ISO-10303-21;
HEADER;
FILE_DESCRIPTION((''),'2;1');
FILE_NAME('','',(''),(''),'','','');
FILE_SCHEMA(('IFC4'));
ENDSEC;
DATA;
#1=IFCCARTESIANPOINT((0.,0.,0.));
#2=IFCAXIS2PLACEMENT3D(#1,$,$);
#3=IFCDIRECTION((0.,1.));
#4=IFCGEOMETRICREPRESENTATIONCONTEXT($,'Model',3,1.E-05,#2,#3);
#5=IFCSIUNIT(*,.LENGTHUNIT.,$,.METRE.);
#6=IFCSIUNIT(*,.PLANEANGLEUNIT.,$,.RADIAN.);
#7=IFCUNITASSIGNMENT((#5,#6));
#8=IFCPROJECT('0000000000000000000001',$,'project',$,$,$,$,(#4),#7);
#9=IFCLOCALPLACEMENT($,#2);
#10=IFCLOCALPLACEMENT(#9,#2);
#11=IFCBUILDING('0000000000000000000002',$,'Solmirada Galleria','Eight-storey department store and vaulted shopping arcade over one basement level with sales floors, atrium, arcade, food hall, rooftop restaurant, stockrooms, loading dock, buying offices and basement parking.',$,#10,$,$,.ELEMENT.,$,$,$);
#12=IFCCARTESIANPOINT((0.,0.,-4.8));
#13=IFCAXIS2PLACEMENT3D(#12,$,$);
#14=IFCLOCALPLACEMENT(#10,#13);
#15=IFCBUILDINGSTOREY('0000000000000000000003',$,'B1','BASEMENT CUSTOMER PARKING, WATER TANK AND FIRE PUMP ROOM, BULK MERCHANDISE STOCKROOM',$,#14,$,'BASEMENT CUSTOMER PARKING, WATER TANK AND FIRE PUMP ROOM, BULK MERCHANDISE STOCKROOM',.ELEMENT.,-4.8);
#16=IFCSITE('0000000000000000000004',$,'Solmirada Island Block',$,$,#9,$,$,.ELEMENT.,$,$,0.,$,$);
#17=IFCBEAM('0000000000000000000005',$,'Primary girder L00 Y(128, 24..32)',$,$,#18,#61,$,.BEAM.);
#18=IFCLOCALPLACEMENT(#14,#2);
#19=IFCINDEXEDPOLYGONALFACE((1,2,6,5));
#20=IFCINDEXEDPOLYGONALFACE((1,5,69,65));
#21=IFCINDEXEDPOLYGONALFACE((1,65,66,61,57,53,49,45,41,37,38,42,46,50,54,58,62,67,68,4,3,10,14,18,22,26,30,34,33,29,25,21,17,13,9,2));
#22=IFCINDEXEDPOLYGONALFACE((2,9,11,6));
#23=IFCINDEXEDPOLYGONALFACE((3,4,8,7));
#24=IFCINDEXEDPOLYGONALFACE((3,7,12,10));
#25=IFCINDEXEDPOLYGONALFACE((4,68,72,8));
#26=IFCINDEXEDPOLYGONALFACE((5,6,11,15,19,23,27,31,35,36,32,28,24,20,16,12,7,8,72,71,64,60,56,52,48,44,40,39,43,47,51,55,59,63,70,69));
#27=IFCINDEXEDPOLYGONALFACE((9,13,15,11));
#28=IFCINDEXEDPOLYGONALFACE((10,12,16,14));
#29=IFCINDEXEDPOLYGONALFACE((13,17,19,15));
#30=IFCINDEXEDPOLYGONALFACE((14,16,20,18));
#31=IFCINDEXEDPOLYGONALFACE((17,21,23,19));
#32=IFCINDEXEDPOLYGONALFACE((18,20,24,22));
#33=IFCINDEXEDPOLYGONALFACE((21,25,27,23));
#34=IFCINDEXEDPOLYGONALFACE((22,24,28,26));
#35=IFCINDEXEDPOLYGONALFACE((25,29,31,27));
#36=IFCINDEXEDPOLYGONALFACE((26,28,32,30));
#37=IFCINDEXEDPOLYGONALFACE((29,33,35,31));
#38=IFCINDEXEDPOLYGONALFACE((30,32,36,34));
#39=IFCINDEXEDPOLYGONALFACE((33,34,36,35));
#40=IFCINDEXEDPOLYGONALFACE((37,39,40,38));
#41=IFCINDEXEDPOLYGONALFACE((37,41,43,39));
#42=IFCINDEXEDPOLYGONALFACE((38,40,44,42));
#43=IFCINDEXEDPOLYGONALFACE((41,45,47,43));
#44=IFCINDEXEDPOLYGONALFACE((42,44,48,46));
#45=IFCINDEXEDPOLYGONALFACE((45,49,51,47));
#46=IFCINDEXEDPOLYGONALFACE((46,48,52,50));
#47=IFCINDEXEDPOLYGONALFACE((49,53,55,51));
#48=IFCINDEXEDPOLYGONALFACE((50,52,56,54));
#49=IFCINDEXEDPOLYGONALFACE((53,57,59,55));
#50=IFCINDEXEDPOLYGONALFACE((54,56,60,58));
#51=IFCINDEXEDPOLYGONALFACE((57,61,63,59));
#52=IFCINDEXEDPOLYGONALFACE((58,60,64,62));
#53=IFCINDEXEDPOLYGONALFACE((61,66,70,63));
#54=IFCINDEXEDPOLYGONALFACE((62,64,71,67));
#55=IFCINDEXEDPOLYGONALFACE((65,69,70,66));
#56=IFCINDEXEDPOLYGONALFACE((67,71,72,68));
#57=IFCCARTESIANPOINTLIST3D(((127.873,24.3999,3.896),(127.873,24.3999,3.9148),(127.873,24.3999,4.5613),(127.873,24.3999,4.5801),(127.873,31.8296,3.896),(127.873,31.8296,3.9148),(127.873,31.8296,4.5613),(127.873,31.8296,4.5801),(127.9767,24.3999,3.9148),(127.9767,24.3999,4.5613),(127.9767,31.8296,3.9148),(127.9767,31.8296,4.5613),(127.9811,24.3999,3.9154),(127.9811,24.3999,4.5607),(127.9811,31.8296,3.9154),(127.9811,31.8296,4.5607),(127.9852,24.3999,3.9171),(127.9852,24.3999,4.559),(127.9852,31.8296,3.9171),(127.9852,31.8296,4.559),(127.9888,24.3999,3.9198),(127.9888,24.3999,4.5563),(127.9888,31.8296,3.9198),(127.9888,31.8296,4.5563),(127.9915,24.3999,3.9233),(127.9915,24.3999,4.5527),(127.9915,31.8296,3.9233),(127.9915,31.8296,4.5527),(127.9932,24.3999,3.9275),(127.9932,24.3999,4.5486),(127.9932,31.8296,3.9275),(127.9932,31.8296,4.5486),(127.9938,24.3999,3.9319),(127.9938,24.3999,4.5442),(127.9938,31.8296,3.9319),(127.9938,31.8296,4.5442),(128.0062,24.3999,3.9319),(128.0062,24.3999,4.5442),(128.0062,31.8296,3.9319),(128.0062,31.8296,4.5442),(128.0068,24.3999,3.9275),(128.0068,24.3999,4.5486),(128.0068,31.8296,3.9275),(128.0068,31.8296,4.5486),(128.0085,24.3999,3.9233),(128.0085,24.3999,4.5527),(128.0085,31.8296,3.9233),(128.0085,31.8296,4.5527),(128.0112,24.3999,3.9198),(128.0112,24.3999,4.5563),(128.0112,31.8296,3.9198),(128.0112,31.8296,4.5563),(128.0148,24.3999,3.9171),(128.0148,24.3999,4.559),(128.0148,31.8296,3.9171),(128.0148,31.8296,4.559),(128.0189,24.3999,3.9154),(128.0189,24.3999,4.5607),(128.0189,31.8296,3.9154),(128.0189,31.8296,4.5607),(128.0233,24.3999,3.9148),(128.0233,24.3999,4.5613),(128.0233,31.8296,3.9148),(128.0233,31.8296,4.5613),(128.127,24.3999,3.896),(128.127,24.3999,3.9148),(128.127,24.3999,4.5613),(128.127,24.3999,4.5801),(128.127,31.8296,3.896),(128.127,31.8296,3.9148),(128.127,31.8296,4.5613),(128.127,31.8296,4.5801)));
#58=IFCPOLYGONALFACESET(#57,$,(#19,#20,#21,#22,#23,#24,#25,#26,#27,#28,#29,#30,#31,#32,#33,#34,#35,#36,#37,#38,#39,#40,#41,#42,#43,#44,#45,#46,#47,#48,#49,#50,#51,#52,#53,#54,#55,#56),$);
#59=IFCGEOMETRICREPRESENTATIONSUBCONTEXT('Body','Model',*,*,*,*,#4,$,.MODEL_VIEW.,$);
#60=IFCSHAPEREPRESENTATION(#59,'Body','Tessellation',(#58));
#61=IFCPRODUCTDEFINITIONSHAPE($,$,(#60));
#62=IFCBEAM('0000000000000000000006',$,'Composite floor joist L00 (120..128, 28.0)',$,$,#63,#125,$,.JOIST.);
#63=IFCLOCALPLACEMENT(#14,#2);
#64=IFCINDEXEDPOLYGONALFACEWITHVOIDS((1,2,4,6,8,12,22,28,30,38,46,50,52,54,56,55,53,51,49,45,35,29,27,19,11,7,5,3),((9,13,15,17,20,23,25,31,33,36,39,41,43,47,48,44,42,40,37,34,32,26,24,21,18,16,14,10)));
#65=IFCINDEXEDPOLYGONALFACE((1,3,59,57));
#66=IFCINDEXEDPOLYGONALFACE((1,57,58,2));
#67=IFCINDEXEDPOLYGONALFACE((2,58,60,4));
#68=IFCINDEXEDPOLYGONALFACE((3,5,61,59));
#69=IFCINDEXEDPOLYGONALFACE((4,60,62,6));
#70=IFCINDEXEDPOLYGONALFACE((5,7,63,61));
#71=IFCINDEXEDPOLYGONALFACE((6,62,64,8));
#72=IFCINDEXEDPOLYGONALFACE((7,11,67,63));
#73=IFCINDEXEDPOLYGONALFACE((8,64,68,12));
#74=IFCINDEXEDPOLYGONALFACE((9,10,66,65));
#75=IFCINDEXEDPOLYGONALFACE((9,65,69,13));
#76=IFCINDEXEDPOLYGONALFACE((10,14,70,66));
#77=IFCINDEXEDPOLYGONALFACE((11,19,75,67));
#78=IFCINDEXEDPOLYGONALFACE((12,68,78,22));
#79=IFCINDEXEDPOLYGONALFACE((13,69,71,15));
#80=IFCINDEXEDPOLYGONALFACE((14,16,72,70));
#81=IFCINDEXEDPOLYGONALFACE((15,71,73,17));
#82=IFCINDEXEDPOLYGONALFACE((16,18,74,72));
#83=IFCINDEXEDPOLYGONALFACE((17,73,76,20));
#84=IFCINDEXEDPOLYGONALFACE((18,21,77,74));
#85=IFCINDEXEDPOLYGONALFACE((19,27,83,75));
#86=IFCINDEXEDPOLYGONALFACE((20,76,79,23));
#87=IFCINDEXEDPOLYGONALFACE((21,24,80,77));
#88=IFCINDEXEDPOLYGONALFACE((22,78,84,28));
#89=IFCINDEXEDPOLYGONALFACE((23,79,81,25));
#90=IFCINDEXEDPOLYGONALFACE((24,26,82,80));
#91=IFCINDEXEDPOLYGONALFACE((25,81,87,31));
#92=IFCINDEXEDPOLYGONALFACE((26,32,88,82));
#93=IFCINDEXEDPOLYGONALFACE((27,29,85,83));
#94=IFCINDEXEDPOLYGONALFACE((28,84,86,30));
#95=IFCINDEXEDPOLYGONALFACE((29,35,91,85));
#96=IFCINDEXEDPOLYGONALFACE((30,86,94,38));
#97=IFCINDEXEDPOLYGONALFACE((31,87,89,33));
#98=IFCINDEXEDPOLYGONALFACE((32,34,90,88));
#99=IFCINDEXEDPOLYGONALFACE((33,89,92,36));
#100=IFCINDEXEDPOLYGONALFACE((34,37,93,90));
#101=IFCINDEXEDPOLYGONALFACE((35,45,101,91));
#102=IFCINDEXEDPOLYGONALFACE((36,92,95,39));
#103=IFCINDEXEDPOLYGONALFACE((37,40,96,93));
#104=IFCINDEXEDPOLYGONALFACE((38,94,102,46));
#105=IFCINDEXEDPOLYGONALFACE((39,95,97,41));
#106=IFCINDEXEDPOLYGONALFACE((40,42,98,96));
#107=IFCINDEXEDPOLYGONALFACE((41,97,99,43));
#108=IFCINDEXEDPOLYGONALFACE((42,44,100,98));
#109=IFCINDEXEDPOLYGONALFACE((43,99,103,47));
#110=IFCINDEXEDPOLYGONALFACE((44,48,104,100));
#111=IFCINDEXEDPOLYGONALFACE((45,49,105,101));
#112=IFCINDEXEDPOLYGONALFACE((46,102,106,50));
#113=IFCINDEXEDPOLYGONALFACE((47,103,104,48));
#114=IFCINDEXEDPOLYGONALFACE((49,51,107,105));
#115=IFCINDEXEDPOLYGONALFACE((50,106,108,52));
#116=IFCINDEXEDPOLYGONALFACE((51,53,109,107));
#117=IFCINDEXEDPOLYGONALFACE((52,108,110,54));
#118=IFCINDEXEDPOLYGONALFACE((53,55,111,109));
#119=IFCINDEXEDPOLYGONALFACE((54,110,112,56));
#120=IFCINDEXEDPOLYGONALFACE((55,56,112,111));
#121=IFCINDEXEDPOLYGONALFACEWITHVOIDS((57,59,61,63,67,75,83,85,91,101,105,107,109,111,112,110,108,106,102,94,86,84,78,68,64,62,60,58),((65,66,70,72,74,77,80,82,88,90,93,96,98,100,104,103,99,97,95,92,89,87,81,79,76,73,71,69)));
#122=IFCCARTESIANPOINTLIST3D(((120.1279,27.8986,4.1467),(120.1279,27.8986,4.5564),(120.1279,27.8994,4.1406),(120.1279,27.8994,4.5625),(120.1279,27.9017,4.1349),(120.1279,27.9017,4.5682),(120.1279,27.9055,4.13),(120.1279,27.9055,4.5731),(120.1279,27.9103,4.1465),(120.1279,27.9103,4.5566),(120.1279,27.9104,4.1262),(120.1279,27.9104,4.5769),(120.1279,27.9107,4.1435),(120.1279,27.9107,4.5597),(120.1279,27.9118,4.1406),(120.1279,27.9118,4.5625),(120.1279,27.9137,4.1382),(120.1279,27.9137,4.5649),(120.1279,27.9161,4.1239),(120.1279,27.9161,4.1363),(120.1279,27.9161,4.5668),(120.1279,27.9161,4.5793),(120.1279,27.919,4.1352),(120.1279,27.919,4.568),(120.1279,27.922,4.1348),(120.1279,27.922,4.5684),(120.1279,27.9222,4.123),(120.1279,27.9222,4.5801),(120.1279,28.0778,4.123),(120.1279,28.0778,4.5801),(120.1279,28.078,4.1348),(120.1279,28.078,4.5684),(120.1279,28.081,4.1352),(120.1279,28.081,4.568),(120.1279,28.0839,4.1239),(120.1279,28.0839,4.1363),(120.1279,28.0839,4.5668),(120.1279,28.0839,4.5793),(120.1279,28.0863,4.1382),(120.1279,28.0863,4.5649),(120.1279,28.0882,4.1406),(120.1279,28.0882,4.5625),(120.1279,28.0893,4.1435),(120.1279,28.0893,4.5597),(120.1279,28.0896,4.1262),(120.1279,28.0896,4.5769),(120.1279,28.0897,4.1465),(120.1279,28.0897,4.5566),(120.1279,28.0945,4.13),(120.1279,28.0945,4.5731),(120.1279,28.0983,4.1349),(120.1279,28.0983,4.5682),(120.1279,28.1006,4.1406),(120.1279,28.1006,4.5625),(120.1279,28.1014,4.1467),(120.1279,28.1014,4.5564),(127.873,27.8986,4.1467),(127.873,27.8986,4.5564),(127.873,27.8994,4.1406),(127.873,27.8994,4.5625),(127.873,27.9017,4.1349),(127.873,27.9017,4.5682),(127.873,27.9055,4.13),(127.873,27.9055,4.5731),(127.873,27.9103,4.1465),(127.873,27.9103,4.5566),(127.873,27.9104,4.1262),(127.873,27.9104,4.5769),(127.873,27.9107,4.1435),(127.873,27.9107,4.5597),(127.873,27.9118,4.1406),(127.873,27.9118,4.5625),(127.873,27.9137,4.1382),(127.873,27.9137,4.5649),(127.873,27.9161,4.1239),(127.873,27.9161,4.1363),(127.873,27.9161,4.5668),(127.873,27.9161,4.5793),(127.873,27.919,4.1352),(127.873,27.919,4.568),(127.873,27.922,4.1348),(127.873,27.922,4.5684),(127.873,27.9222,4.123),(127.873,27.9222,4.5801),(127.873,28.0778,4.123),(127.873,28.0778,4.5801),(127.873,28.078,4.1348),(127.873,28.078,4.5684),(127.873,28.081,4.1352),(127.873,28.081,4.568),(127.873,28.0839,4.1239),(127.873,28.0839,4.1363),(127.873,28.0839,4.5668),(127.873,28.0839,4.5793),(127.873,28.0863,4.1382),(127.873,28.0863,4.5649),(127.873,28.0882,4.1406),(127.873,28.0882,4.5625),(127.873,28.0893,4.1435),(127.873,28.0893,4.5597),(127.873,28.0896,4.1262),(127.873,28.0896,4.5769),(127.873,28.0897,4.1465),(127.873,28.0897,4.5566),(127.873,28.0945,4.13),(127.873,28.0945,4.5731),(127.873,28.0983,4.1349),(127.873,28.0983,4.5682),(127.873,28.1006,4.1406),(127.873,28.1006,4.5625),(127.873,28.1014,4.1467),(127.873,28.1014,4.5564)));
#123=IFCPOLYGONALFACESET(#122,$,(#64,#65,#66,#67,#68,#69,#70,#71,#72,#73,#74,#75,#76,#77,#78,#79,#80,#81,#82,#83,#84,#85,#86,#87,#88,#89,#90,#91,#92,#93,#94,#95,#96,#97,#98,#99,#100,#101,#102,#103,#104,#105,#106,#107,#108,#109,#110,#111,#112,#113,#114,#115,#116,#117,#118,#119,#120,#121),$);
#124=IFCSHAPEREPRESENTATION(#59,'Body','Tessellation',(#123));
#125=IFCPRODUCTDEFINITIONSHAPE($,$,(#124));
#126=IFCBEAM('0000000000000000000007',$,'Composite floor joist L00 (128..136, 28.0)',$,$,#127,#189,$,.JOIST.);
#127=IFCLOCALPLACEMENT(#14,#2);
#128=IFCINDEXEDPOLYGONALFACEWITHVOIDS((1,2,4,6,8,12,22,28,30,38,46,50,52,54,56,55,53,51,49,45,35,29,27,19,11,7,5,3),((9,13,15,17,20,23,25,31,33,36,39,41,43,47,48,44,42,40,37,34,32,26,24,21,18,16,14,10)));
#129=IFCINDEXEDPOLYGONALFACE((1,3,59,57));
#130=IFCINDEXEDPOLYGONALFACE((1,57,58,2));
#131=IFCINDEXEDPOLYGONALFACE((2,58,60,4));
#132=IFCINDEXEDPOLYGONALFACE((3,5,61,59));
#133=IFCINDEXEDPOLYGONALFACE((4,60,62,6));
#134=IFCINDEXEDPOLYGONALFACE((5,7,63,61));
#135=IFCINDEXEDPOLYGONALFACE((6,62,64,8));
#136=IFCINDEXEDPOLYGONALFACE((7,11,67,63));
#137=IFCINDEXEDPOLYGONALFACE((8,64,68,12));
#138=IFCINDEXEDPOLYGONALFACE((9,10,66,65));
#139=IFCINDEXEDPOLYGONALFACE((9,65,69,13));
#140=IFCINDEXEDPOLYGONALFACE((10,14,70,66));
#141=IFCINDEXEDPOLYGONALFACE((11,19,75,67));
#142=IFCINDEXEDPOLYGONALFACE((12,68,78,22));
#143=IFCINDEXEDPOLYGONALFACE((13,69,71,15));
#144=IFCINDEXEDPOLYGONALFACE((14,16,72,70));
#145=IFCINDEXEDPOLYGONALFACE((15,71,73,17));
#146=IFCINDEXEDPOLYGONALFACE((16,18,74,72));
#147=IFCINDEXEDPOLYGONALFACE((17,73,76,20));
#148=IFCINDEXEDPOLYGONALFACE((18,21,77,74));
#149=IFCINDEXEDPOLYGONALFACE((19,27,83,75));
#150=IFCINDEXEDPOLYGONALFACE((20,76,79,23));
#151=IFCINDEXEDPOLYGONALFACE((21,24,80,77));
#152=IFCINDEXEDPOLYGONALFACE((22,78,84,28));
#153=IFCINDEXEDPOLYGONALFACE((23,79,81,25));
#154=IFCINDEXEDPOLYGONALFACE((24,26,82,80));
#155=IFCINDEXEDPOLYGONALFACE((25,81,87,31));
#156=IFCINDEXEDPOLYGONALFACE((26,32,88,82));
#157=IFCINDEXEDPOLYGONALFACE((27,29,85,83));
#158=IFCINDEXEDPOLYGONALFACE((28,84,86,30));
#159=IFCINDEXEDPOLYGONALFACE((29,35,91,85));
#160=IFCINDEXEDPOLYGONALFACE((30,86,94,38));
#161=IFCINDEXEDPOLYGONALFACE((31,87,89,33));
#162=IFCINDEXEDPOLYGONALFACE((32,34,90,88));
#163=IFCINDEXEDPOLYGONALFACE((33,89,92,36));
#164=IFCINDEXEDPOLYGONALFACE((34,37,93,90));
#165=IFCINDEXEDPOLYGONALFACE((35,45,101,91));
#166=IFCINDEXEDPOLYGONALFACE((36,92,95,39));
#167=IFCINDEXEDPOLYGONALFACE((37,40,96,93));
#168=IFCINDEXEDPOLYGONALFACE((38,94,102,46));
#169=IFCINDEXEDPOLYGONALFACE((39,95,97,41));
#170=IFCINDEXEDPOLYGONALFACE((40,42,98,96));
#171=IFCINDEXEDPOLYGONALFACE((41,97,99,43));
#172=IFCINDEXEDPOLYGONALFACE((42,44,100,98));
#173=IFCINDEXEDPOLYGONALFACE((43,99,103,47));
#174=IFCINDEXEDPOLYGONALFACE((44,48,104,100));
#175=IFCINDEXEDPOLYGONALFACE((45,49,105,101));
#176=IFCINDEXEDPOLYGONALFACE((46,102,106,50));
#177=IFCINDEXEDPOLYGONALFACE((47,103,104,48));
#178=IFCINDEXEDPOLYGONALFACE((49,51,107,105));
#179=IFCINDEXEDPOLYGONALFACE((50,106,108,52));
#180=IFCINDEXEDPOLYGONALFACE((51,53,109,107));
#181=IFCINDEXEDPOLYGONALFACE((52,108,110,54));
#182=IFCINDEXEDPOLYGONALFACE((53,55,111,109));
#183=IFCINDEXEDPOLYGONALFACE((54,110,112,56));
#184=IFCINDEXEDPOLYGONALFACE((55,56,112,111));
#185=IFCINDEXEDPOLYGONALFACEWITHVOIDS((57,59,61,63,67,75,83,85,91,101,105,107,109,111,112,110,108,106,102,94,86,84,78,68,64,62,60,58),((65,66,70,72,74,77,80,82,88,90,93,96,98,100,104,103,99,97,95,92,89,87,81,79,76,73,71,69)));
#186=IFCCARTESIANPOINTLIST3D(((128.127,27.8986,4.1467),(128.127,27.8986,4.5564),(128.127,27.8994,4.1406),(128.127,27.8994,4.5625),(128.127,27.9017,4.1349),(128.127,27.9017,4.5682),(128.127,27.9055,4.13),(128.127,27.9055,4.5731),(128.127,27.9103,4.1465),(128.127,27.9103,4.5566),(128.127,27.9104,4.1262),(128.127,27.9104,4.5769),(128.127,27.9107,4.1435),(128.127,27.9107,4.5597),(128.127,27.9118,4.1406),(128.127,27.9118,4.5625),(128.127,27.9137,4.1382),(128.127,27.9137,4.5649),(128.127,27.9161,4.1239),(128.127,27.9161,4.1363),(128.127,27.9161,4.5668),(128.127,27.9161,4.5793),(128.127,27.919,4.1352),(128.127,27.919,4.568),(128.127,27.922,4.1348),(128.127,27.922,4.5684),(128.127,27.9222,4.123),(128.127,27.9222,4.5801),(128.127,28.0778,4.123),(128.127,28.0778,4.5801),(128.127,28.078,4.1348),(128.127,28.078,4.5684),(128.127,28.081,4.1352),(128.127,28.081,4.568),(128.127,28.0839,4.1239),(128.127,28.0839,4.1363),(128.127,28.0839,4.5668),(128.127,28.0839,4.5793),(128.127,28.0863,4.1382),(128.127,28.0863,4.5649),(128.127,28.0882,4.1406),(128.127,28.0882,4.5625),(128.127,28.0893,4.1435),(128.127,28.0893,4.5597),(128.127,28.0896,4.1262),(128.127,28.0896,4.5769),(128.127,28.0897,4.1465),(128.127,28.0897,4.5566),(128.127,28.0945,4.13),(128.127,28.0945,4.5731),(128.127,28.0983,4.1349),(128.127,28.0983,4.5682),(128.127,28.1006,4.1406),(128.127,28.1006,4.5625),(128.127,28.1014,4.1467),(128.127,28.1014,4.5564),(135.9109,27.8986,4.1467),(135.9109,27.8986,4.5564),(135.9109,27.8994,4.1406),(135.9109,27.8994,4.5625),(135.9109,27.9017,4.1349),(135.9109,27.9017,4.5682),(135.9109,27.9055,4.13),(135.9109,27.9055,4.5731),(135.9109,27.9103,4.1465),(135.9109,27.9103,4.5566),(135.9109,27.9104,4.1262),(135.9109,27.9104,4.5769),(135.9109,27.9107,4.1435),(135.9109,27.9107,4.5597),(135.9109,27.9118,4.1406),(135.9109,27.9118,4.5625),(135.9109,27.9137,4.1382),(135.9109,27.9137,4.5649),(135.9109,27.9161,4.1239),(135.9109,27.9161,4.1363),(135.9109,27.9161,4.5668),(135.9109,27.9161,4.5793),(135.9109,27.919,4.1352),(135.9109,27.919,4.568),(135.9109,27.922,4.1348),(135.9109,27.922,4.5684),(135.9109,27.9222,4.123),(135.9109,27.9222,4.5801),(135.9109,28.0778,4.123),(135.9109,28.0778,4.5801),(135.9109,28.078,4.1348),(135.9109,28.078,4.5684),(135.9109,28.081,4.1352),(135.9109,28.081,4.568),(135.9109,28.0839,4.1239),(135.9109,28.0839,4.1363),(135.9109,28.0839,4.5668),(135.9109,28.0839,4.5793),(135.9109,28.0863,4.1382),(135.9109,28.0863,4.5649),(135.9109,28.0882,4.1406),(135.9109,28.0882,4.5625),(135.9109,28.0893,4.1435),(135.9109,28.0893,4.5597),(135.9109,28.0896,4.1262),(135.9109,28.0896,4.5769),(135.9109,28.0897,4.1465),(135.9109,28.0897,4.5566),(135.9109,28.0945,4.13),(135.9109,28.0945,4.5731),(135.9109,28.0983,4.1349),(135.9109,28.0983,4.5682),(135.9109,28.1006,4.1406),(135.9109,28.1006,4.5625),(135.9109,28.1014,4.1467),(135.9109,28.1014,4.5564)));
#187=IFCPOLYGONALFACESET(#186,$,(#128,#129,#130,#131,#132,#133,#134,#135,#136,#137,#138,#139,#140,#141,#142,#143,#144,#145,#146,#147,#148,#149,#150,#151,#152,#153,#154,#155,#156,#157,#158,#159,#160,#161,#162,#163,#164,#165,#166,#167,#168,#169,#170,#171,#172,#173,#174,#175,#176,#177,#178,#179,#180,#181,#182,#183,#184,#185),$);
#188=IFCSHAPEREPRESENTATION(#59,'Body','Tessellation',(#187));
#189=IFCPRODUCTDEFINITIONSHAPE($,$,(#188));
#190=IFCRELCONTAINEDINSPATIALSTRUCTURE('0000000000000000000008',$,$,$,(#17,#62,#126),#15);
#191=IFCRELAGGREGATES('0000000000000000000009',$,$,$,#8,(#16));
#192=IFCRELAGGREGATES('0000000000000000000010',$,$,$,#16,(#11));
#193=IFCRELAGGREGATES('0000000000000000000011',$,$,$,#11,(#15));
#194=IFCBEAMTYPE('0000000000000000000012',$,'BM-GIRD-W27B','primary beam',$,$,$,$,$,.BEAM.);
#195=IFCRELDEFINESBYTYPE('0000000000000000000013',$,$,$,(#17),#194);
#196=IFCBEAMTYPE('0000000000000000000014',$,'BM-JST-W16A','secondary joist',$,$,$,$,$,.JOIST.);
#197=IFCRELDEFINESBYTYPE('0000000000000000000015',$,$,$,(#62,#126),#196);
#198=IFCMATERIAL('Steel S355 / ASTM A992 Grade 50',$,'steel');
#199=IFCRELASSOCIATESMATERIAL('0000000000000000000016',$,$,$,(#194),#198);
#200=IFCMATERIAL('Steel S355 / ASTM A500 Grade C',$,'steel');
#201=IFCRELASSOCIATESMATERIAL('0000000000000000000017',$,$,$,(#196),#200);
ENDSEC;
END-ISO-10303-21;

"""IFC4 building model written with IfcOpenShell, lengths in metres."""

from ifc_helpers import new_model, si_unit, direction, frame, origin, origin_2d, place, context, subcontext, project, spatial, hollow_rectangle, i_section, extrude, material, material_profile, profile_set, type_object, element, save


model = new_model("IFC4")

# Units and contexts
model_context = context("Model", 3, precision=1e-05, world=origin(), true_north=direction((0.0, 1.0)))
body_context = subcontext(model_context, "Body", "Model", "MODEL_VIEW")
ifc_project = project(units=[si_unit("LENGTHUNIT", "METRE"), si_unit("PLANEANGLEUNIT", "RADIAN")], contexts=[model_context])

# Site, building, storey
site_placement = place(None, origin())
site = spatial("IfcSite", under=ifc_project, at=site_placement, Name="Solmirada Island Block", CompositionType="ELEMENT", RefElevation=0.0)
building_placement = place(site_placement, origin())
building = spatial("IfcBuilding", under=site, at=building_placement, Name="Solmirada Galleria", Description="Eight-storey department store and vaulted shopping arcade over one basement level with sales floors, atrium, arcade, food hall, rooftop restaurant, stockrooms, loading dock, buying offices and basement parking.", CompositionType="ELEMENT")
storey_placement = place(building_placement, frame((0.0, 0.0, -4.8)))
storey = spatial("IfcBuildingStorey", under=building, at=storey_placement, Name="B1", Description="BASEMENT CUSTOMER PARKING, WATER TANK AND FIRE PUMP ROOM, BULK MERCHANDISE STOCKROOM", LongName="BASEMENT CUSTOMER PARKING, WATER TANK AND FIRE PUMP ROOM, BULK MERCHANDISE STOCKROOM", CompositionType="ELEMENT", Elevation=-4.8)

# Beams
ifc_material_1 = material(Name="Steel S355 / ASTM A992 Grade 50", Category="steel")
ifc_material_profile_1 = material_profile(ifc_material_1, i_section(OverallWidth=0.2539, OverallDepth=0.6841, WebThickness=0.0125, FlangeThickness=0.0188, FilletRadius=0.0171, at=origin_2d()), Name="W27X94")
ifc_profile_set_1 = profile_set([ifc_material_profile_1], Name="Steel S355 / ASTM A992 Grade 50")
beam_type_1 = type_object("IfcBeamType", Name="BM-GIRD-W27B", Description="primary beam", PredefinedType="BEAM", material=ifc_profile_set_1)
beam_1_placement = place(storey_placement, frame((128.0, 24.3999, 4.238), z_axis=(0.0, 1.0, 0.0), x_axis=(-1.0, 0.0, 0.0)))
element("IfcBeam", 1, at=beam_1_placement, inside=storey, type_object=beam_type_1, Name="Primary girder L00 Y(128, 24..32)", PredefinedType="BEAM", context=body_context, shape_type="SweptSolid", body=[
    extrude(i_section(OverallWidth=0.2539, OverallDepth=0.6841, WebThickness=0.0125, FlangeThickness=0.0188, FilletRadius=0.0171, at=origin_2d()), origin(), (0.0, 0.0, 1.0), 7.4297),
])
ifc_material_2 = material(Name="Steel S355 / ASTM A500 Grade C", Category="steel")
ifc_material_profile_2 = material_profile(ifc_material_2, hollow_rectangle(XDim=0.2029, YDim=0.457, WallThickness=0.0117, InnerFilletRadius=0.0117, OuterFilletRadius=0.0237, at=origin_2d()), Name="HSS18X8X1/2")
ifc_profile_set_2 = profile_set([ifc_material_profile_2], Name="Steel S355 / ASTM A500 Grade C")
beam_type_2 = type_object("IfcBeamType", Name="BM-JST-W16A", Description="secondary joist", PredefinedType="JOIST", material=ifc_profile_set_2)
beam_2_placement = place(storey_placement, frame((120.1279, 28.0, 4.3516), z_axis=(1.0, 0.0, 0.0), x_axis=(0.0, 1.0, 0.0)))
element("IfcBeam", 2, at=beam_2_placement, inside=storey, type_object=beam_type_2, Name="Composite floor joist L00 (120..128, 28.0)", PredefinedType="JOIST", context=body_context, shape_type="SweptSolid", body=[
    extrude(hollow_rectangle(XDim=0.2029, YDim=0.457, WallThickness=0.0117, InnerFilletRadius=0.0117, OuterFilletRadius=0.0237, at=origin_2d()), origin(), (0.0, 0.0, 1.0), 7.7451),
])
beam_3_placement = place(storey_placement, frame((128.127, 28.0, 4.3516), z_axis=(1.0, 0.0, 0.0), x_axis=(0.0, 1.0, 0.0)))
element("IfcBeam", 3, at=beam_3_placement, inside=storey, type_object=beam_type_2, Name="Composite floor joist L00 (128..136, 28.0)", PredefinedType="JOIST", context=body_context, shape_type="SweptSolid", body=[
    extrude(hollow_rectangle(XDim=0.2029, YDim=0.457, WallThickness=0.0117, InnerFilletRadius=0.0117, OuterFilletRadius=0.0237, at=origin_2d()), origin(), (0.0, 0.0, 1.0), 7.7839),
])

save(model, "model.ifc")
